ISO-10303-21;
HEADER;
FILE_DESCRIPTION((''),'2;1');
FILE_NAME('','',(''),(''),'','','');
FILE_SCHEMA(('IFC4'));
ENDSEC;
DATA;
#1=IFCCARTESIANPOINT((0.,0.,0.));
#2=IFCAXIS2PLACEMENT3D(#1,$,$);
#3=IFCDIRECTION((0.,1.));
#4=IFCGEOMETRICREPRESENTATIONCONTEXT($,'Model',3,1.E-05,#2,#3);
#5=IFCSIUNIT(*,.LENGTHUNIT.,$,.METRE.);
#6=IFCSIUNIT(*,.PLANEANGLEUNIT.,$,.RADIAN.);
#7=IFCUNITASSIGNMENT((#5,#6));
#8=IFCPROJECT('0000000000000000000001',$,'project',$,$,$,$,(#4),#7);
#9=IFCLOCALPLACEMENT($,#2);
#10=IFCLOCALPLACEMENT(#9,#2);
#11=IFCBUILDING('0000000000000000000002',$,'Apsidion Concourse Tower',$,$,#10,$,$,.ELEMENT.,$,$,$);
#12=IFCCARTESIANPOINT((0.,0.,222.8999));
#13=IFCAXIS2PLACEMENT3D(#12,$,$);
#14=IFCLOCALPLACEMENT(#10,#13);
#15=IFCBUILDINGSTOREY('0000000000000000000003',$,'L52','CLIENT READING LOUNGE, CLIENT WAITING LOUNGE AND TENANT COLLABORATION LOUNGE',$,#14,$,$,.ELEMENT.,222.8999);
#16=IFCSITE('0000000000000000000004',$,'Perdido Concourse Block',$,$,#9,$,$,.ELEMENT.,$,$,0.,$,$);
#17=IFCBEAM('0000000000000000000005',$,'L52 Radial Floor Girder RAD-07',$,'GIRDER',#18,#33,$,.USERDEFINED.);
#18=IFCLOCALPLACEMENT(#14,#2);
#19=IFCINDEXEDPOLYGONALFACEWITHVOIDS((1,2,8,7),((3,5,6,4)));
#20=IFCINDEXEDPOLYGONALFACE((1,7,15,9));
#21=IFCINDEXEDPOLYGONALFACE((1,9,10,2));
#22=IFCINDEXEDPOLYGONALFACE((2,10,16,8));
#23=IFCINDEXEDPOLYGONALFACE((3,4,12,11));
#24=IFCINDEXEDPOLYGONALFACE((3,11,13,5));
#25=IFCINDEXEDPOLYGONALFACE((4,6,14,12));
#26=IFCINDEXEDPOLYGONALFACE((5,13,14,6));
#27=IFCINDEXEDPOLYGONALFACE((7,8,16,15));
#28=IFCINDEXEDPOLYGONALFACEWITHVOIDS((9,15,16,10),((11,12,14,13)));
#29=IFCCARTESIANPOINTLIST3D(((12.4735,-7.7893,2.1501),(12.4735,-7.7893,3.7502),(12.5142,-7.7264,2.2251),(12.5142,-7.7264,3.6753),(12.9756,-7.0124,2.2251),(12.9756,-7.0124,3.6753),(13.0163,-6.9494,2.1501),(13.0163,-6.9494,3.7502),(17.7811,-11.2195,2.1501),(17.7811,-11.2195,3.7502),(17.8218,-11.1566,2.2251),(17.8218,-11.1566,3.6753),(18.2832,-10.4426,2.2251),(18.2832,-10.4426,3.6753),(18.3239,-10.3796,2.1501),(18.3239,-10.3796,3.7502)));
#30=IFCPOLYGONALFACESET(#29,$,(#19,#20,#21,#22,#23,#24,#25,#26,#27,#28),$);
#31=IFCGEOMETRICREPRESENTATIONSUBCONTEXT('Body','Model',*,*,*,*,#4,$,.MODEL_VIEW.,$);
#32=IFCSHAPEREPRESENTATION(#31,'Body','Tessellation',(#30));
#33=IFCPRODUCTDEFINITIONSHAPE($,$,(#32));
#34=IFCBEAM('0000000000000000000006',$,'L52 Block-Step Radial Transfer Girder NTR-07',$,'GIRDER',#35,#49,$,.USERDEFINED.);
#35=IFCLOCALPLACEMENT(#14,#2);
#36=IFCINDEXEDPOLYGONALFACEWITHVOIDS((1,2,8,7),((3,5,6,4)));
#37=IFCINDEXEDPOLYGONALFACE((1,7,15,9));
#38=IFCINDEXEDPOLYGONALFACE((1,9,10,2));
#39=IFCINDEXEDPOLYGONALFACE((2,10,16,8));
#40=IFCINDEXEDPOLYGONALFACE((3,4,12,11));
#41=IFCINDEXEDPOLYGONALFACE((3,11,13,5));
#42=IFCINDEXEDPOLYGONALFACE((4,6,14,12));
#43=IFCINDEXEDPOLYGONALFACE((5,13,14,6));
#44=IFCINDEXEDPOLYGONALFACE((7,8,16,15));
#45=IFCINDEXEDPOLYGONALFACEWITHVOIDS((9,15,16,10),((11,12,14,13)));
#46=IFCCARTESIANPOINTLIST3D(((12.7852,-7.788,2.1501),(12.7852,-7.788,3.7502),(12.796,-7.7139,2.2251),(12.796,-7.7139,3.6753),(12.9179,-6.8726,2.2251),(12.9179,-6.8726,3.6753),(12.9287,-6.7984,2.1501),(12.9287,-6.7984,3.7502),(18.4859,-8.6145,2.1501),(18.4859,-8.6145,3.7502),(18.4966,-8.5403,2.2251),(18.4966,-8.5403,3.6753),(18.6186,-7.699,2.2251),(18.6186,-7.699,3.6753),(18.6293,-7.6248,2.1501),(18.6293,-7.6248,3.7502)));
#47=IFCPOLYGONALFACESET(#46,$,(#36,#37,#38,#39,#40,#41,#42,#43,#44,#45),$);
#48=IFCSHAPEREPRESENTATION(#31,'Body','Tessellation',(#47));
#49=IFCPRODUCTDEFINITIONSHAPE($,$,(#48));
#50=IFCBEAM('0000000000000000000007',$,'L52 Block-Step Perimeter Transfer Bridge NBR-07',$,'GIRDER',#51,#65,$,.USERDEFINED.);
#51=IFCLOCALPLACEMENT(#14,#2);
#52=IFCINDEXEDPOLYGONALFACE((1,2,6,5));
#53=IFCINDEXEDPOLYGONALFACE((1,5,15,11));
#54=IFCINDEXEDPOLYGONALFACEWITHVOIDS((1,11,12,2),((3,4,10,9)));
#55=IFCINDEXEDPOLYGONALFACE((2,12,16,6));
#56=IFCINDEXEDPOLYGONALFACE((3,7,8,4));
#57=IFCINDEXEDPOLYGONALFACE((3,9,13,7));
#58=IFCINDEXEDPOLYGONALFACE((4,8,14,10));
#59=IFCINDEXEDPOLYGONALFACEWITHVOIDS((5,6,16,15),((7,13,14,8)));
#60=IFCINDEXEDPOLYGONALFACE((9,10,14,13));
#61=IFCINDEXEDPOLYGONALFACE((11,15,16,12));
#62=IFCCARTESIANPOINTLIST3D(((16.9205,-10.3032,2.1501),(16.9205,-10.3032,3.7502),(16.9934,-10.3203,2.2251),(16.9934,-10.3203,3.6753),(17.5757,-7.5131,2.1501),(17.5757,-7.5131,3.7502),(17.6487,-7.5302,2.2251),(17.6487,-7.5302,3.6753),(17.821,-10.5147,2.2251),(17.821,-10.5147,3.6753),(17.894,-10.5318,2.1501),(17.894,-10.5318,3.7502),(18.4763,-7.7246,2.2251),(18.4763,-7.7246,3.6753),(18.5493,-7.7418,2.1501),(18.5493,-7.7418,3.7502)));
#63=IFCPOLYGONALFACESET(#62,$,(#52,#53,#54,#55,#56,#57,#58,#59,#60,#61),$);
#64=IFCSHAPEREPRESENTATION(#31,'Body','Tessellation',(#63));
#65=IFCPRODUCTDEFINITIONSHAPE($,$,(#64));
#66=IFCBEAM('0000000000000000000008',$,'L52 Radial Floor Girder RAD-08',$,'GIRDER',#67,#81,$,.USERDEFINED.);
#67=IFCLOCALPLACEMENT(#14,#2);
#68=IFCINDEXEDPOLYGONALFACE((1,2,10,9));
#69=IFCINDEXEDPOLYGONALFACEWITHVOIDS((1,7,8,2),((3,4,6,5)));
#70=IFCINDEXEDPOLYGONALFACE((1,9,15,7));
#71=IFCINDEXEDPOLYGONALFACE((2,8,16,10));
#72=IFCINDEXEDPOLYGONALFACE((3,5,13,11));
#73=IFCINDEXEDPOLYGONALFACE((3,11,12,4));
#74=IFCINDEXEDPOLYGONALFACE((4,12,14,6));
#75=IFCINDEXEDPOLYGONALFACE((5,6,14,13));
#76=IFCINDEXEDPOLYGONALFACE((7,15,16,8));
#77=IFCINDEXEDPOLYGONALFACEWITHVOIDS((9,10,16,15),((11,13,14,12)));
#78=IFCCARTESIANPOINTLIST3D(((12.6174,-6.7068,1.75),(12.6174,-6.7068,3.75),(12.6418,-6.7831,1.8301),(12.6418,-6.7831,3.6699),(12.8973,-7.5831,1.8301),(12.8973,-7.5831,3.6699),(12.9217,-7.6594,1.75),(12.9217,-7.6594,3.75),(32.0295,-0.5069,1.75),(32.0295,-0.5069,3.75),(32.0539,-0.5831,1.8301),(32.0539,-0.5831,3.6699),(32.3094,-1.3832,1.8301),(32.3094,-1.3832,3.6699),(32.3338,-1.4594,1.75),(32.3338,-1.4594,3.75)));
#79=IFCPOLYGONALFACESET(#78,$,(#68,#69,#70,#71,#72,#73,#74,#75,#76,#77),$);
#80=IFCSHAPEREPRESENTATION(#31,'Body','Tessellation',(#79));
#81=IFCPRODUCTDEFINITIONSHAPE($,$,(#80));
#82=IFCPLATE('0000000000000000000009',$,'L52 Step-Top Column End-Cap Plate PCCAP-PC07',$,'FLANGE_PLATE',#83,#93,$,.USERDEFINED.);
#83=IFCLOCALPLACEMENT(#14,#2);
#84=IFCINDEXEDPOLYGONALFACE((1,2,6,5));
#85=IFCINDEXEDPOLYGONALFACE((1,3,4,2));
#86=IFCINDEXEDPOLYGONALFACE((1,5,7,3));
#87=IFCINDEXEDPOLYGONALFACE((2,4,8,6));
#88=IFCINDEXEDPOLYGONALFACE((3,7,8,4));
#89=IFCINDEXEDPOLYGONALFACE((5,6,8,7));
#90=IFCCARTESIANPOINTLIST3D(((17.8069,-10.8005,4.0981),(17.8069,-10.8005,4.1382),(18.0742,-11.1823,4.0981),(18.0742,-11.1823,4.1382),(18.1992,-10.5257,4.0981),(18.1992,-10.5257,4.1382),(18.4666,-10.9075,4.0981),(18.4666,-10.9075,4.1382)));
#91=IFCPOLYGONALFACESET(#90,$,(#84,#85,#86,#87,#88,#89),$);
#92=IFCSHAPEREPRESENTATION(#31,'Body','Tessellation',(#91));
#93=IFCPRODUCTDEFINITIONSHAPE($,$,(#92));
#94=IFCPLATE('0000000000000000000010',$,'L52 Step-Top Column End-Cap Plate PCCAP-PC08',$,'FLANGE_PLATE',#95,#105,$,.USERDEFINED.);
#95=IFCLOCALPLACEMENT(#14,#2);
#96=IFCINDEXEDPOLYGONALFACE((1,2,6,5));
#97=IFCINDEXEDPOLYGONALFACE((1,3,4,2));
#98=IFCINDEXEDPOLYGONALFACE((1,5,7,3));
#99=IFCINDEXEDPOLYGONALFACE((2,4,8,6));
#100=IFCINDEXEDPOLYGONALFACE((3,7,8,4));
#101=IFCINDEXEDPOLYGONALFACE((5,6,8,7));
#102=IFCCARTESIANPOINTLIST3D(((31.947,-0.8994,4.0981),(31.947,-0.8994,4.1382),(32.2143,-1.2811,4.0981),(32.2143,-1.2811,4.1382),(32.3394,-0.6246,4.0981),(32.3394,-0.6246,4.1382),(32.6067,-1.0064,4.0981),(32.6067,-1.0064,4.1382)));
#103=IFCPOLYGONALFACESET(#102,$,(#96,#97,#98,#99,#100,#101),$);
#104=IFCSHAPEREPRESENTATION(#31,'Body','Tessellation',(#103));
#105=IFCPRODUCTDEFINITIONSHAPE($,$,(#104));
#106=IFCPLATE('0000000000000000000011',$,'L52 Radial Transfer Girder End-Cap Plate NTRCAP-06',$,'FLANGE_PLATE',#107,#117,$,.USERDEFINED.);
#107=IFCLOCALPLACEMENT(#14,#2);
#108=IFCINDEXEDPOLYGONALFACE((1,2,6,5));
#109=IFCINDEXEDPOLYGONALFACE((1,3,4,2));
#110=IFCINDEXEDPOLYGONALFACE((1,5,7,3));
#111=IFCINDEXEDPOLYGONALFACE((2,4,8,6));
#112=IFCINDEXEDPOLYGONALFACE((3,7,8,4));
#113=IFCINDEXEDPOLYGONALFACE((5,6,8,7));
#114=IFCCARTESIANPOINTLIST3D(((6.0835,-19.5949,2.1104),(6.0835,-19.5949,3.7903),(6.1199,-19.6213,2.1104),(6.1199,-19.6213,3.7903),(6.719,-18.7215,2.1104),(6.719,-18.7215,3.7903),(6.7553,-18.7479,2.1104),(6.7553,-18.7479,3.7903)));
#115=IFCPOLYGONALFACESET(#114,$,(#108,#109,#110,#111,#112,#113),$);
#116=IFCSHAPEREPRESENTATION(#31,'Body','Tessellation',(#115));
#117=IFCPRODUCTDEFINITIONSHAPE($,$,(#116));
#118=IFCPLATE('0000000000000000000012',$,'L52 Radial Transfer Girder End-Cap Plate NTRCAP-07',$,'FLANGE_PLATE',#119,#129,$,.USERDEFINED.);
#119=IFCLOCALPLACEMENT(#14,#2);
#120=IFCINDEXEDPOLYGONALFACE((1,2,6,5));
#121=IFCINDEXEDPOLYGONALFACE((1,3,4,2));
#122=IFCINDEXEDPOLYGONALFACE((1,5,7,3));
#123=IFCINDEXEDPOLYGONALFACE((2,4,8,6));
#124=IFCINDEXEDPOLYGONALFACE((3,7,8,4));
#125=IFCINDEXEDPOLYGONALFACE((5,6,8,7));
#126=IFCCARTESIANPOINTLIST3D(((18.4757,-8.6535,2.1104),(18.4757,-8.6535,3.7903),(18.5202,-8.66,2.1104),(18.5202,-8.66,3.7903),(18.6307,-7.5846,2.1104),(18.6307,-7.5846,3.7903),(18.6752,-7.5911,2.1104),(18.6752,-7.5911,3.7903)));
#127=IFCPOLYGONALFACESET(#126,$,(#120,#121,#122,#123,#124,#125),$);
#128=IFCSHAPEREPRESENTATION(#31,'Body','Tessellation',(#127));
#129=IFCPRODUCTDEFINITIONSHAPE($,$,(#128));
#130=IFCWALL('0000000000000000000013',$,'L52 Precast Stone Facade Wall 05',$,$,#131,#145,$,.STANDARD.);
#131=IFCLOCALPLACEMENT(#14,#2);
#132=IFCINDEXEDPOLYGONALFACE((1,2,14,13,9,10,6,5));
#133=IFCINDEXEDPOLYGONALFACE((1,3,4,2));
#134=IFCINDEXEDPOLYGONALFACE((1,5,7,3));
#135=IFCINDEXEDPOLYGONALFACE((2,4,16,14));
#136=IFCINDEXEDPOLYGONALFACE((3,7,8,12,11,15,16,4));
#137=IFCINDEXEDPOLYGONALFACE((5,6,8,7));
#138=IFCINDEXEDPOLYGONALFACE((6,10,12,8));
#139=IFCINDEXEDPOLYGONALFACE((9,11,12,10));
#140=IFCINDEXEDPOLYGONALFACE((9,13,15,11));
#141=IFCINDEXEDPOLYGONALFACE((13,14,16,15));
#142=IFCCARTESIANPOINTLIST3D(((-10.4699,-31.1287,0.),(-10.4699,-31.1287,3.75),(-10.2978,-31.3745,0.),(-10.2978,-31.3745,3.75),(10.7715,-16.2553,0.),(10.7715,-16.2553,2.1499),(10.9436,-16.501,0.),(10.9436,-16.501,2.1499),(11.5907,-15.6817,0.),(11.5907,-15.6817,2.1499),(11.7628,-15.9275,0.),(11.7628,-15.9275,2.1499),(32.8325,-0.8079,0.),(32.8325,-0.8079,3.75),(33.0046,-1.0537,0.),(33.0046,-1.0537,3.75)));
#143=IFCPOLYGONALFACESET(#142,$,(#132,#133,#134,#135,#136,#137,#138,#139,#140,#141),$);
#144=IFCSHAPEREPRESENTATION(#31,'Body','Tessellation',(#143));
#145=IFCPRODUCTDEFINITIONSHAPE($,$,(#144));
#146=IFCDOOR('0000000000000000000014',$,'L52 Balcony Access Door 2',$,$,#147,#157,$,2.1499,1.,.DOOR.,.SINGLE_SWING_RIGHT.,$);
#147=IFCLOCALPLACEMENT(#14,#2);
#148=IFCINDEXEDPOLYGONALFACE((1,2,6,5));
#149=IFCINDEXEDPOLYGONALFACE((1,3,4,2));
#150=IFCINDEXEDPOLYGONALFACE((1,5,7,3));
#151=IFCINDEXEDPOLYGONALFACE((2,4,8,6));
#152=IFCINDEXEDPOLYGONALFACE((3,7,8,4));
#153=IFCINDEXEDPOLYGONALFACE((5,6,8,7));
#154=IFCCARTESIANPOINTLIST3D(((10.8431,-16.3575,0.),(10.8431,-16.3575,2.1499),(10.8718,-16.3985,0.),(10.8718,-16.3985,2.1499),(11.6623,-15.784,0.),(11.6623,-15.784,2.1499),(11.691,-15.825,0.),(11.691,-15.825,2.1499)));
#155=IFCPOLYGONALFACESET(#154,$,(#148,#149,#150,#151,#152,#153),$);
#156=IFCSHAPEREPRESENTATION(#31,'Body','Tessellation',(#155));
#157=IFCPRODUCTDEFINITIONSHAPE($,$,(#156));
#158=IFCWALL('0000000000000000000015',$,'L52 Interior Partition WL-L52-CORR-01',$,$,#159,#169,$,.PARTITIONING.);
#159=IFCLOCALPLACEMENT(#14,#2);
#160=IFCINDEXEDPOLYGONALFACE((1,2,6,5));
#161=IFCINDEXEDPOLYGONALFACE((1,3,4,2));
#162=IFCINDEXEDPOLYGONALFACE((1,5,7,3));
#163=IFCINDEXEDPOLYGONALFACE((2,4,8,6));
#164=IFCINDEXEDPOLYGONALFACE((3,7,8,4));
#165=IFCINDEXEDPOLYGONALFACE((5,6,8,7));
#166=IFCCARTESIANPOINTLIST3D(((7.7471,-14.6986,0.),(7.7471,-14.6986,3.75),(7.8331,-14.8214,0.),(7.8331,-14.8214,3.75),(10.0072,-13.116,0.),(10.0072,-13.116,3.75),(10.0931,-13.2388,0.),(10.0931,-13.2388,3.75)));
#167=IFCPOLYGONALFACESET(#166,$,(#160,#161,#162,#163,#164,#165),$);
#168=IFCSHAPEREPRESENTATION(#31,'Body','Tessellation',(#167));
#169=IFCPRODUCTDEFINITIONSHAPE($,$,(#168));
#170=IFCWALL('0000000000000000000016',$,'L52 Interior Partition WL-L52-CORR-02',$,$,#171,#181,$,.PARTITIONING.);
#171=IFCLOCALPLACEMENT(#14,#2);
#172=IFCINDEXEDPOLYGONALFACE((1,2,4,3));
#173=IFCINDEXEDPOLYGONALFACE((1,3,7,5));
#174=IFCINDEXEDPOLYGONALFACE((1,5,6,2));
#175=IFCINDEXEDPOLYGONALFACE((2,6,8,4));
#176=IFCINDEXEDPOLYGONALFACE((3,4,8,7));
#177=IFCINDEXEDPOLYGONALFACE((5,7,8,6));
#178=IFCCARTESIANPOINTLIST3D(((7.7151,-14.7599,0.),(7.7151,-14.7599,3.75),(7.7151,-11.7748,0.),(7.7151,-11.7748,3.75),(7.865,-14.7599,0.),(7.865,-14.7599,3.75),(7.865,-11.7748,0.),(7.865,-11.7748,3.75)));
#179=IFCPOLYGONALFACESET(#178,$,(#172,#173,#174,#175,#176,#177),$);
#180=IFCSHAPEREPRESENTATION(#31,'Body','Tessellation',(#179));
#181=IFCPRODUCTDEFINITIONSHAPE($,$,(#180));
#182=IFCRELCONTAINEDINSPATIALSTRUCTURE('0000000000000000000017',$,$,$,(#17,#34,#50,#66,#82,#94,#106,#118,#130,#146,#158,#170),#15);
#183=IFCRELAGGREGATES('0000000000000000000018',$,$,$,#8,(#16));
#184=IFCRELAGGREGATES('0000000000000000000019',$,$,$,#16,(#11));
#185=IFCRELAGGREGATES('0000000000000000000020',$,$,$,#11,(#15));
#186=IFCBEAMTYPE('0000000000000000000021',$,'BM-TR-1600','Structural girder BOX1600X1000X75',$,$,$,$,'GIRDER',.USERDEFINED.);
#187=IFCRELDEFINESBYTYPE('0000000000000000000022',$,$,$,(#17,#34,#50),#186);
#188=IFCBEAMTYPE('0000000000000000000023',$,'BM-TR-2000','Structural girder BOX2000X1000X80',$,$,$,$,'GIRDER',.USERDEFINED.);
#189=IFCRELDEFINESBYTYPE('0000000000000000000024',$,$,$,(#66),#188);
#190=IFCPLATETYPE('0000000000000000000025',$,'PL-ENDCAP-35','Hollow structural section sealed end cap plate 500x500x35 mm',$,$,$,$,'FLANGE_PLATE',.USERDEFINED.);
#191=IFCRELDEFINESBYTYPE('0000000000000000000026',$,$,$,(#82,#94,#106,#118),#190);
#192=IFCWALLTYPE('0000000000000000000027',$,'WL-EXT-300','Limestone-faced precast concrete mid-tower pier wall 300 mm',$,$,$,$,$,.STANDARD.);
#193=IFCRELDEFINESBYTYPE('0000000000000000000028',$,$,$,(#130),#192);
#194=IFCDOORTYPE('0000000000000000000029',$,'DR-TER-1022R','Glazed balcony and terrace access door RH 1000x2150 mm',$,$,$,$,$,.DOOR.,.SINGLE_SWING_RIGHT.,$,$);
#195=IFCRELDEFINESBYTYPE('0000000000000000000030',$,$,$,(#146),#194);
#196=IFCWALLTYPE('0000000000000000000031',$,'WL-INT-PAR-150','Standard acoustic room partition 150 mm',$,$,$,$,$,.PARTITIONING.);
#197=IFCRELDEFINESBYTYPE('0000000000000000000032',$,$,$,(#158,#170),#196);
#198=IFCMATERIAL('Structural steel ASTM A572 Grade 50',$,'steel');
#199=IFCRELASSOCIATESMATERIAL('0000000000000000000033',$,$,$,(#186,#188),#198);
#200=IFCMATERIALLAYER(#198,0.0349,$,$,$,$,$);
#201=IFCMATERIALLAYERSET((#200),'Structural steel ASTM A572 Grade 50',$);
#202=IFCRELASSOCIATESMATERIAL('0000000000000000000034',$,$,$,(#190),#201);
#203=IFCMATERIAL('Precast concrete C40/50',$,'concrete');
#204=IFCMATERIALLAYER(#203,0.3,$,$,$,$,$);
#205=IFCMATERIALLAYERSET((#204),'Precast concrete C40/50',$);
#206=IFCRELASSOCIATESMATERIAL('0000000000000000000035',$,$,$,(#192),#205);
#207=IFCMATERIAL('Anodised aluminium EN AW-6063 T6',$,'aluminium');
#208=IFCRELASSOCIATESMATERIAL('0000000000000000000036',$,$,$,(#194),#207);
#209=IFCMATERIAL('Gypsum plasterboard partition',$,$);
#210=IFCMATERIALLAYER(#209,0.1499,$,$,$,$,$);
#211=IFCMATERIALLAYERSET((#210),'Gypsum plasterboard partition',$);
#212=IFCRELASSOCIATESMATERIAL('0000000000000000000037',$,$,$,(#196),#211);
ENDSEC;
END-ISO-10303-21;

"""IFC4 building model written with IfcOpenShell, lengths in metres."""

from ifc_helpers import new_model, si_unit, direction, frame, frame_2d, origin, origin_2d, place, context, subcontext, project, spatial, rectangle, hollow_rectangle, extrude, material, layer, layer_set, material_profile, profile_set, type_object, element, fill, save


model = new_model("IFC4")

# Units and contexts
model_context = context("Model", 3, precision=1e-05, world=origin(), true_north=direction((0.0, 1.0)))
body_context = subcontext(model_context, "Body", "Model", "MODEL_VIEW")
ifc_project = project(units=[si_unit("LENGTHUNIT", "METRE"), si_unit("PLANEANGLEUNIT", "RADIAN")], contexts=[model_context])

# Site, building, storey
site_placement = place(None, origin())
site = spatial("IfcSite", under=ifc_project, at=site_placement, Name="Perdido Concourse Block", CompositionType="ELEMENT", RefElevation=0.0)
building_placement = place(site_placement, origin())
building = spatial("IfcBuilding", under=site, at=building_placement, Name="Apsidion Concourse Tower", CompositionType="ELEMENT")
storey_placement = place(building_placement, frame((0.0, 0.0, 222.8999)))
storey = spatial("IfcBuildingStorey", under=building, at=storey_placement, Name="L52", Description="CLIENT READING LOUNGE, CLIENT WAITING LOUNGE AND TENANT COLLABORATION LOUNGE", CompositionType="ELEMENT", Elevation=222.8999)

# Beams
ifc_material_1 = material(Name="Structural steel ASTM A572 Grade 50", Category="steel")
ifc_material_profile_1 = material_profile(ifc_material_1, hollow_rectangle(XDim=1.0, YDim=1.6001, WallThickness=0.075, at=origin_2d()), Name="BOX1600X1000X75")
ifc_profile_set_1 = profile_set([ifc_material_profile_1], Name="Structural steel ASTM A572 Grade 50")
beam_type_1 = type_object("IfcBeamType", Name="BM-TR-1600", Description="Structural girder BOX1600X1000X75", ElementType="GIRDER", PredefinedType="USERDEFINED", material=ifc_profile_set_1)
beam_1_placement = place(storey_placement, frame((12.7449, -7.3694, 2.9502), z_axis=(0.839871, -0.542787, 0.0), x_axis=(0.542787, 0.839871, 0.0)))
element("IfcBeam", 1, at=beam_1_placement, inside=storey, type_object=beam_type_1, Name="L52 Radial Floor Girder RAD-07", ObjectType="GIRDER", PredefinedType="USERDEFINED", context=body_context, shape_type="SweptSolid", body=[
    extrude(hollow_rectangle(XDim=1.0, YDim=1.6001, WallThickness=0.075, at=origin_2d()), origin(), (0.0, 0.0, 1.0), 6.3196),
])
beam_2_placement = place(storey_placement, frame((12.8569, -7.2932, 2.9502), z_axis=(0.989655, -0.143468, 0.0), x_axis=(0.143468, 0.989655, 0.0)))
element("IfcBeam", 2, at=beam_2_placement, inside=storey, type_object=beam_type_1, Name="L52 Block-Step Radial Transfer Girder NTR-07", ObjectType="GIRDER", PredefinedType="USERDEFINED", context=body_context, shape_type="SweptSolid", body=[
    extrude(hollow_rectangle(XDim=1.0, YDim=1.6001, WallThickness=0.075, at=origin_2d()), origin(), (0.0, 0.0, 1.0), 5.7603),
])
beam_3_placement = place(storey_placement, frame((17.4072, -10.4175, 2.9502), z_axis=(0.22864, 0.973511, 0.0), x_axis=(-0.973511, 0.22864, 0.0)))
element("IfcBeam", 3, at=beam_3_placement, inside=storey, type_object=beam_type_1, Name="L52 Block-Step Perimeter Transfer Bridge NBR-07", ObjectType="GIRDER", PredefinedType="USERDEFINED", context=body_context, shape_type="SweptSolid", body=[
    extrude(hollow_rectangle(XDim=1.0, YDim=1.6001, WallThickness=0.075, at=origin_2d()), origin(), (0.0, 0.0, 1.0), 2.866),
])
ifc_material_profile_2 = material_profile(ifc_material_1, hollow_rectangle(XDim=1.0, YDim=2.0, WallThickness=0.0801, at=origin_2d()), Name="BOX2000X1000X80")
ifc_profile_set_2 = profile_set([ifc_material_profile_2], Name="Structural steel ASTM A572 Grade 50")
beam_type_2 = type_object("IfcBeamType", Name="BM-TR-2000", Description="Structural girder BOX2000X1000X80", ElementType="GIRDER", PredefinedType="USERDEFINED", material=ifc_profile_set_2)
beam_4_placement = place(storey_placement, frame((12.7695, -7.1831, 2.75), z_axis=(0.952594, 0.304245, 0.0), x_axis=(-0.304245, 0.952594, 0.0)))
element("IfcBeam", 4, at=beam_4_placement, inside=storey, type_object=beam_type_2, Name="L52 Radial Floor Girder RAD-08", ObjectType="GIRDER", PredefinedType="USERDEFINED", context=body_context, shape_type="SweptSolid", body=[
    extrude(hollow_rectangle(XDim=1.0, YDim=2.0, WallThickness=0.0801, at=origin_2d()), origin(), (0.0, 0.0, 1.0), 20.3782),
])

# Plates
ifc_layer_1 = layer(ifc_material_1, 0.0349)
ifc_layer_set_1 = layer_set([ifc_layer_1], Name="Structural steel ASTM A572 Grade 50")
plate_type = type_object("IfcPlateType", Name="PL-ENDCAP-35", Description="Hollow structural section sealed end cap plate 500x500x35 mm", ElementType="FLANGE_PLATE", PredefinedType="USERDEFINED", material=ifc_layer_set_1)
for number, where, z_axis, x_axis, name in (
    (5, (18.1367, -10.854, 4.0981), (0.0, 0.0, 1.0), (0.819152, 0.573576, 0.0), "L52 Step-Top Column End-Cap Plate PCCAP-PC07"),
    (6, (32.2769, -0.9529, 4.0981), (0.0, 0.0, 1.0), (0.819152, 0.573576, 0.0), "L52 Step-Top Column End-Cap Plate PCCAP-PC08"),
):
    element("IfcPlate", number, at=place(storey_placement, frame(where, z_axis=z_axis, x_axis=x_axis)), inside=storey, type_object=plate_type, Name=name, ObjectType="FLANGE_PLATE", PredefinedType="USERDEFINED", context=body_context, shape_type="SweptSolid", body=[
        extrude(rectangle(XDim=0.479, YDim=0.4661, at=origin_2d()), origin(), (0.0, 0.0, 1.0), 0.04),
    ])
for number, where, z_axis, x_axis, name in (
    (7, (6.4194, -19.1714, 2.1104), (0.0, 0.0, 1.0), (0.808606, -0.58835, 0.0), "L52 Radial Transfer Girder End-Cap Plate NTRCAP-06"),
    (8, (18.5754, -8.1223, 2.1104), (0.0, 0.0, 1.0), (0.989651, -0.143493, 0.0), "L52 Radial Transfer Girder End-Cap Plate NTRCAP-07"),
):
    element("IfcPlate", number, at=place(storey_placement, frame(where, z_axis=z_axis, x_axis=x_axis)), inside=storey, type_object=plate_type, Name=name, ObjectType="FLANGE_PLATE", PredefinedType="USERDEFINED", context=body_context, shape_type="SweptSolid", body=[
        extrude(rectangle(XDim=0.0449, YDim=1.0801, at=origin_2d()), origin(), (0.0, 0.0, 1.0), 1.6799),
    ])

# Wall, opening, door
ifc_material_2 = material(Name="Precast concrete C40/50", Category="concrete")
ifc_layer_2 = layer(ifc_material_2, 0.3)
ifc_layer_set_2 = layer_set([ifc_layer_2], Name="Precast concrete C40/50")
wall_type_1 = type_object("IfcWallType", Name="WL-EXT-300", Description="Limestone-faced precast concrete mid-tower pier wall 300 mm", PredefinedType="STANDARD", material=ifc_layer_set_2)
wall_1_placement = place(storey_placement, frame((32.9185, -0.9309, 0.0), z_axis=(0.0, 0.0, 1.0), x_axis=(-0.819151, -0.573577, 0.0)))
wall_1 = element("IfcWall", 9, at=wall_1_placement, inside=storey, type_object=wall_type_1, Name="L52 Precast Stone Facade Wall 05", PredefinedType="STANDARD", context=body_context, shape_type="SweptSolid", body=[
    extrude(rectangle(XDim=52.8625, YDim=0.3, at=frame_2d((26.4312, 0.0))), origin(), (0.0, 0.0, 1.0), 3.75),
])
opening_1_placement = place(wall_1_placement, frame((25.9314, 0.0, 0.0)))
opening_1 = element("IfcOpeningElement", 10, at=opening_1_placement, cuts=wall_1, PredefinedType="OPENING", context=body_context, shape_type="SweptSolid", body=[
    extrude(rectangle(XDim=1.0, YDim=2.1499, at=frame_2d((0.5, 1.075))), frame((0.0, 0.1602, 0.0), z_axis=(0.0, -1.0, 0.0), x_axis=(1.0, 0.0, 0.0)), (0.0, 0.0, 1.0), 0.3201),
])
ifc_material_3 = material(Name="Anodised aluminium EN AW-6063 T6", Category="aluminium")
door_type_1 = type_object("IfcDoorType", Name="DR-TER-1022R", Description="Glazed balcony and terrace access door RH 1000x2150 mm", OperationType="SINGLE_SWING_RIGHT", PredefinedType="DOOR", material=ifc_material_3)
door_1_placement = place(opening_1_placement, origin())
door_1 = element("IfcDoor", 11, at=door_1_placement, inside=storey, type_object=door_type_1, Name="L52 Balcony Access Door 2", OperationType="SINGLE_SWING_RIGHT", OverallHeight=2.1499, OverallWidth=1.0, PredefinedType="DOOR", context=body_context, shape_type="SweptSolid", body=[
    extrude(rectangle(XDim=1.0, YDim=2.1499, at=frame_2d((0.5, 1.075))), frame((0.0, 0.0249, 0.0), z_axis=(0.0, -1.0, 0.0), x_axis=(1.0, 0.0, 0.0)), (0.0, 0.0, 1.0), 0.05),
])
fill(opening_1, door_1)

# Walls
ifc_material_4 = material(Name="Gypsum plasterboard partition")
ifc_layer_3 = layer(ifc_material_4, 0.1499)
ifc_layer_set_3 = layer_set([ifc_layer_3], Name="Gypsum plasterboard partition")
wall_type_2 = type_object("IfcWallType", Name="WL-INT-PAR-150", Description="Standard acoustic room partition 150 mm", PredefinedType="PARTITIONING", material=ifc_layer_set_3)
wall_2_placement = place(storey_placement, frame((10.05, -13.1775, 0.0), z_axis=(0.0, 0.0, 1.0), x_axis=(-0.819145, -0.573587, 0.0)))
element("IfcWall", 12, at=wall_2_placement, inside=storey, type_object=wall_type_2, Name="L52 Interior Partition WL-L52-CORR-01", PredefinedType="PARTITIONING", context=body_context, shape_type="SweptSolid", body=[
    extrude(rectangle(XDim=2.759, YDim=0.1499, at=frame_2d((1.3794, 0.0))), origin(), (0.0, 0.0, 1.0), 3.75),
])
wall_3_placement = place(storey_placement, frame((7.79, -14.76, 0.0), z_axis=(0.0, 0.0, 1.0), x_axis=(0.0, 1.0, 0.0)))
element("IfcWall", 13, at=wall_3_placement, inside=storey, type_object=wall_type_2, Name="L52 Interior Partition WL-L52-CORR-02", PredefinedType="PARTITIONING", context=body_context, shape_type="SweptSolid", body=[
    extrude(rectangle(XDim=2.9851, YDim=0.1499, at=frame_2d((1.4927, 0.0))), origin(), (0.0, 0.0, 1.0), 3.75),
])

save(model, "model.ifc")
